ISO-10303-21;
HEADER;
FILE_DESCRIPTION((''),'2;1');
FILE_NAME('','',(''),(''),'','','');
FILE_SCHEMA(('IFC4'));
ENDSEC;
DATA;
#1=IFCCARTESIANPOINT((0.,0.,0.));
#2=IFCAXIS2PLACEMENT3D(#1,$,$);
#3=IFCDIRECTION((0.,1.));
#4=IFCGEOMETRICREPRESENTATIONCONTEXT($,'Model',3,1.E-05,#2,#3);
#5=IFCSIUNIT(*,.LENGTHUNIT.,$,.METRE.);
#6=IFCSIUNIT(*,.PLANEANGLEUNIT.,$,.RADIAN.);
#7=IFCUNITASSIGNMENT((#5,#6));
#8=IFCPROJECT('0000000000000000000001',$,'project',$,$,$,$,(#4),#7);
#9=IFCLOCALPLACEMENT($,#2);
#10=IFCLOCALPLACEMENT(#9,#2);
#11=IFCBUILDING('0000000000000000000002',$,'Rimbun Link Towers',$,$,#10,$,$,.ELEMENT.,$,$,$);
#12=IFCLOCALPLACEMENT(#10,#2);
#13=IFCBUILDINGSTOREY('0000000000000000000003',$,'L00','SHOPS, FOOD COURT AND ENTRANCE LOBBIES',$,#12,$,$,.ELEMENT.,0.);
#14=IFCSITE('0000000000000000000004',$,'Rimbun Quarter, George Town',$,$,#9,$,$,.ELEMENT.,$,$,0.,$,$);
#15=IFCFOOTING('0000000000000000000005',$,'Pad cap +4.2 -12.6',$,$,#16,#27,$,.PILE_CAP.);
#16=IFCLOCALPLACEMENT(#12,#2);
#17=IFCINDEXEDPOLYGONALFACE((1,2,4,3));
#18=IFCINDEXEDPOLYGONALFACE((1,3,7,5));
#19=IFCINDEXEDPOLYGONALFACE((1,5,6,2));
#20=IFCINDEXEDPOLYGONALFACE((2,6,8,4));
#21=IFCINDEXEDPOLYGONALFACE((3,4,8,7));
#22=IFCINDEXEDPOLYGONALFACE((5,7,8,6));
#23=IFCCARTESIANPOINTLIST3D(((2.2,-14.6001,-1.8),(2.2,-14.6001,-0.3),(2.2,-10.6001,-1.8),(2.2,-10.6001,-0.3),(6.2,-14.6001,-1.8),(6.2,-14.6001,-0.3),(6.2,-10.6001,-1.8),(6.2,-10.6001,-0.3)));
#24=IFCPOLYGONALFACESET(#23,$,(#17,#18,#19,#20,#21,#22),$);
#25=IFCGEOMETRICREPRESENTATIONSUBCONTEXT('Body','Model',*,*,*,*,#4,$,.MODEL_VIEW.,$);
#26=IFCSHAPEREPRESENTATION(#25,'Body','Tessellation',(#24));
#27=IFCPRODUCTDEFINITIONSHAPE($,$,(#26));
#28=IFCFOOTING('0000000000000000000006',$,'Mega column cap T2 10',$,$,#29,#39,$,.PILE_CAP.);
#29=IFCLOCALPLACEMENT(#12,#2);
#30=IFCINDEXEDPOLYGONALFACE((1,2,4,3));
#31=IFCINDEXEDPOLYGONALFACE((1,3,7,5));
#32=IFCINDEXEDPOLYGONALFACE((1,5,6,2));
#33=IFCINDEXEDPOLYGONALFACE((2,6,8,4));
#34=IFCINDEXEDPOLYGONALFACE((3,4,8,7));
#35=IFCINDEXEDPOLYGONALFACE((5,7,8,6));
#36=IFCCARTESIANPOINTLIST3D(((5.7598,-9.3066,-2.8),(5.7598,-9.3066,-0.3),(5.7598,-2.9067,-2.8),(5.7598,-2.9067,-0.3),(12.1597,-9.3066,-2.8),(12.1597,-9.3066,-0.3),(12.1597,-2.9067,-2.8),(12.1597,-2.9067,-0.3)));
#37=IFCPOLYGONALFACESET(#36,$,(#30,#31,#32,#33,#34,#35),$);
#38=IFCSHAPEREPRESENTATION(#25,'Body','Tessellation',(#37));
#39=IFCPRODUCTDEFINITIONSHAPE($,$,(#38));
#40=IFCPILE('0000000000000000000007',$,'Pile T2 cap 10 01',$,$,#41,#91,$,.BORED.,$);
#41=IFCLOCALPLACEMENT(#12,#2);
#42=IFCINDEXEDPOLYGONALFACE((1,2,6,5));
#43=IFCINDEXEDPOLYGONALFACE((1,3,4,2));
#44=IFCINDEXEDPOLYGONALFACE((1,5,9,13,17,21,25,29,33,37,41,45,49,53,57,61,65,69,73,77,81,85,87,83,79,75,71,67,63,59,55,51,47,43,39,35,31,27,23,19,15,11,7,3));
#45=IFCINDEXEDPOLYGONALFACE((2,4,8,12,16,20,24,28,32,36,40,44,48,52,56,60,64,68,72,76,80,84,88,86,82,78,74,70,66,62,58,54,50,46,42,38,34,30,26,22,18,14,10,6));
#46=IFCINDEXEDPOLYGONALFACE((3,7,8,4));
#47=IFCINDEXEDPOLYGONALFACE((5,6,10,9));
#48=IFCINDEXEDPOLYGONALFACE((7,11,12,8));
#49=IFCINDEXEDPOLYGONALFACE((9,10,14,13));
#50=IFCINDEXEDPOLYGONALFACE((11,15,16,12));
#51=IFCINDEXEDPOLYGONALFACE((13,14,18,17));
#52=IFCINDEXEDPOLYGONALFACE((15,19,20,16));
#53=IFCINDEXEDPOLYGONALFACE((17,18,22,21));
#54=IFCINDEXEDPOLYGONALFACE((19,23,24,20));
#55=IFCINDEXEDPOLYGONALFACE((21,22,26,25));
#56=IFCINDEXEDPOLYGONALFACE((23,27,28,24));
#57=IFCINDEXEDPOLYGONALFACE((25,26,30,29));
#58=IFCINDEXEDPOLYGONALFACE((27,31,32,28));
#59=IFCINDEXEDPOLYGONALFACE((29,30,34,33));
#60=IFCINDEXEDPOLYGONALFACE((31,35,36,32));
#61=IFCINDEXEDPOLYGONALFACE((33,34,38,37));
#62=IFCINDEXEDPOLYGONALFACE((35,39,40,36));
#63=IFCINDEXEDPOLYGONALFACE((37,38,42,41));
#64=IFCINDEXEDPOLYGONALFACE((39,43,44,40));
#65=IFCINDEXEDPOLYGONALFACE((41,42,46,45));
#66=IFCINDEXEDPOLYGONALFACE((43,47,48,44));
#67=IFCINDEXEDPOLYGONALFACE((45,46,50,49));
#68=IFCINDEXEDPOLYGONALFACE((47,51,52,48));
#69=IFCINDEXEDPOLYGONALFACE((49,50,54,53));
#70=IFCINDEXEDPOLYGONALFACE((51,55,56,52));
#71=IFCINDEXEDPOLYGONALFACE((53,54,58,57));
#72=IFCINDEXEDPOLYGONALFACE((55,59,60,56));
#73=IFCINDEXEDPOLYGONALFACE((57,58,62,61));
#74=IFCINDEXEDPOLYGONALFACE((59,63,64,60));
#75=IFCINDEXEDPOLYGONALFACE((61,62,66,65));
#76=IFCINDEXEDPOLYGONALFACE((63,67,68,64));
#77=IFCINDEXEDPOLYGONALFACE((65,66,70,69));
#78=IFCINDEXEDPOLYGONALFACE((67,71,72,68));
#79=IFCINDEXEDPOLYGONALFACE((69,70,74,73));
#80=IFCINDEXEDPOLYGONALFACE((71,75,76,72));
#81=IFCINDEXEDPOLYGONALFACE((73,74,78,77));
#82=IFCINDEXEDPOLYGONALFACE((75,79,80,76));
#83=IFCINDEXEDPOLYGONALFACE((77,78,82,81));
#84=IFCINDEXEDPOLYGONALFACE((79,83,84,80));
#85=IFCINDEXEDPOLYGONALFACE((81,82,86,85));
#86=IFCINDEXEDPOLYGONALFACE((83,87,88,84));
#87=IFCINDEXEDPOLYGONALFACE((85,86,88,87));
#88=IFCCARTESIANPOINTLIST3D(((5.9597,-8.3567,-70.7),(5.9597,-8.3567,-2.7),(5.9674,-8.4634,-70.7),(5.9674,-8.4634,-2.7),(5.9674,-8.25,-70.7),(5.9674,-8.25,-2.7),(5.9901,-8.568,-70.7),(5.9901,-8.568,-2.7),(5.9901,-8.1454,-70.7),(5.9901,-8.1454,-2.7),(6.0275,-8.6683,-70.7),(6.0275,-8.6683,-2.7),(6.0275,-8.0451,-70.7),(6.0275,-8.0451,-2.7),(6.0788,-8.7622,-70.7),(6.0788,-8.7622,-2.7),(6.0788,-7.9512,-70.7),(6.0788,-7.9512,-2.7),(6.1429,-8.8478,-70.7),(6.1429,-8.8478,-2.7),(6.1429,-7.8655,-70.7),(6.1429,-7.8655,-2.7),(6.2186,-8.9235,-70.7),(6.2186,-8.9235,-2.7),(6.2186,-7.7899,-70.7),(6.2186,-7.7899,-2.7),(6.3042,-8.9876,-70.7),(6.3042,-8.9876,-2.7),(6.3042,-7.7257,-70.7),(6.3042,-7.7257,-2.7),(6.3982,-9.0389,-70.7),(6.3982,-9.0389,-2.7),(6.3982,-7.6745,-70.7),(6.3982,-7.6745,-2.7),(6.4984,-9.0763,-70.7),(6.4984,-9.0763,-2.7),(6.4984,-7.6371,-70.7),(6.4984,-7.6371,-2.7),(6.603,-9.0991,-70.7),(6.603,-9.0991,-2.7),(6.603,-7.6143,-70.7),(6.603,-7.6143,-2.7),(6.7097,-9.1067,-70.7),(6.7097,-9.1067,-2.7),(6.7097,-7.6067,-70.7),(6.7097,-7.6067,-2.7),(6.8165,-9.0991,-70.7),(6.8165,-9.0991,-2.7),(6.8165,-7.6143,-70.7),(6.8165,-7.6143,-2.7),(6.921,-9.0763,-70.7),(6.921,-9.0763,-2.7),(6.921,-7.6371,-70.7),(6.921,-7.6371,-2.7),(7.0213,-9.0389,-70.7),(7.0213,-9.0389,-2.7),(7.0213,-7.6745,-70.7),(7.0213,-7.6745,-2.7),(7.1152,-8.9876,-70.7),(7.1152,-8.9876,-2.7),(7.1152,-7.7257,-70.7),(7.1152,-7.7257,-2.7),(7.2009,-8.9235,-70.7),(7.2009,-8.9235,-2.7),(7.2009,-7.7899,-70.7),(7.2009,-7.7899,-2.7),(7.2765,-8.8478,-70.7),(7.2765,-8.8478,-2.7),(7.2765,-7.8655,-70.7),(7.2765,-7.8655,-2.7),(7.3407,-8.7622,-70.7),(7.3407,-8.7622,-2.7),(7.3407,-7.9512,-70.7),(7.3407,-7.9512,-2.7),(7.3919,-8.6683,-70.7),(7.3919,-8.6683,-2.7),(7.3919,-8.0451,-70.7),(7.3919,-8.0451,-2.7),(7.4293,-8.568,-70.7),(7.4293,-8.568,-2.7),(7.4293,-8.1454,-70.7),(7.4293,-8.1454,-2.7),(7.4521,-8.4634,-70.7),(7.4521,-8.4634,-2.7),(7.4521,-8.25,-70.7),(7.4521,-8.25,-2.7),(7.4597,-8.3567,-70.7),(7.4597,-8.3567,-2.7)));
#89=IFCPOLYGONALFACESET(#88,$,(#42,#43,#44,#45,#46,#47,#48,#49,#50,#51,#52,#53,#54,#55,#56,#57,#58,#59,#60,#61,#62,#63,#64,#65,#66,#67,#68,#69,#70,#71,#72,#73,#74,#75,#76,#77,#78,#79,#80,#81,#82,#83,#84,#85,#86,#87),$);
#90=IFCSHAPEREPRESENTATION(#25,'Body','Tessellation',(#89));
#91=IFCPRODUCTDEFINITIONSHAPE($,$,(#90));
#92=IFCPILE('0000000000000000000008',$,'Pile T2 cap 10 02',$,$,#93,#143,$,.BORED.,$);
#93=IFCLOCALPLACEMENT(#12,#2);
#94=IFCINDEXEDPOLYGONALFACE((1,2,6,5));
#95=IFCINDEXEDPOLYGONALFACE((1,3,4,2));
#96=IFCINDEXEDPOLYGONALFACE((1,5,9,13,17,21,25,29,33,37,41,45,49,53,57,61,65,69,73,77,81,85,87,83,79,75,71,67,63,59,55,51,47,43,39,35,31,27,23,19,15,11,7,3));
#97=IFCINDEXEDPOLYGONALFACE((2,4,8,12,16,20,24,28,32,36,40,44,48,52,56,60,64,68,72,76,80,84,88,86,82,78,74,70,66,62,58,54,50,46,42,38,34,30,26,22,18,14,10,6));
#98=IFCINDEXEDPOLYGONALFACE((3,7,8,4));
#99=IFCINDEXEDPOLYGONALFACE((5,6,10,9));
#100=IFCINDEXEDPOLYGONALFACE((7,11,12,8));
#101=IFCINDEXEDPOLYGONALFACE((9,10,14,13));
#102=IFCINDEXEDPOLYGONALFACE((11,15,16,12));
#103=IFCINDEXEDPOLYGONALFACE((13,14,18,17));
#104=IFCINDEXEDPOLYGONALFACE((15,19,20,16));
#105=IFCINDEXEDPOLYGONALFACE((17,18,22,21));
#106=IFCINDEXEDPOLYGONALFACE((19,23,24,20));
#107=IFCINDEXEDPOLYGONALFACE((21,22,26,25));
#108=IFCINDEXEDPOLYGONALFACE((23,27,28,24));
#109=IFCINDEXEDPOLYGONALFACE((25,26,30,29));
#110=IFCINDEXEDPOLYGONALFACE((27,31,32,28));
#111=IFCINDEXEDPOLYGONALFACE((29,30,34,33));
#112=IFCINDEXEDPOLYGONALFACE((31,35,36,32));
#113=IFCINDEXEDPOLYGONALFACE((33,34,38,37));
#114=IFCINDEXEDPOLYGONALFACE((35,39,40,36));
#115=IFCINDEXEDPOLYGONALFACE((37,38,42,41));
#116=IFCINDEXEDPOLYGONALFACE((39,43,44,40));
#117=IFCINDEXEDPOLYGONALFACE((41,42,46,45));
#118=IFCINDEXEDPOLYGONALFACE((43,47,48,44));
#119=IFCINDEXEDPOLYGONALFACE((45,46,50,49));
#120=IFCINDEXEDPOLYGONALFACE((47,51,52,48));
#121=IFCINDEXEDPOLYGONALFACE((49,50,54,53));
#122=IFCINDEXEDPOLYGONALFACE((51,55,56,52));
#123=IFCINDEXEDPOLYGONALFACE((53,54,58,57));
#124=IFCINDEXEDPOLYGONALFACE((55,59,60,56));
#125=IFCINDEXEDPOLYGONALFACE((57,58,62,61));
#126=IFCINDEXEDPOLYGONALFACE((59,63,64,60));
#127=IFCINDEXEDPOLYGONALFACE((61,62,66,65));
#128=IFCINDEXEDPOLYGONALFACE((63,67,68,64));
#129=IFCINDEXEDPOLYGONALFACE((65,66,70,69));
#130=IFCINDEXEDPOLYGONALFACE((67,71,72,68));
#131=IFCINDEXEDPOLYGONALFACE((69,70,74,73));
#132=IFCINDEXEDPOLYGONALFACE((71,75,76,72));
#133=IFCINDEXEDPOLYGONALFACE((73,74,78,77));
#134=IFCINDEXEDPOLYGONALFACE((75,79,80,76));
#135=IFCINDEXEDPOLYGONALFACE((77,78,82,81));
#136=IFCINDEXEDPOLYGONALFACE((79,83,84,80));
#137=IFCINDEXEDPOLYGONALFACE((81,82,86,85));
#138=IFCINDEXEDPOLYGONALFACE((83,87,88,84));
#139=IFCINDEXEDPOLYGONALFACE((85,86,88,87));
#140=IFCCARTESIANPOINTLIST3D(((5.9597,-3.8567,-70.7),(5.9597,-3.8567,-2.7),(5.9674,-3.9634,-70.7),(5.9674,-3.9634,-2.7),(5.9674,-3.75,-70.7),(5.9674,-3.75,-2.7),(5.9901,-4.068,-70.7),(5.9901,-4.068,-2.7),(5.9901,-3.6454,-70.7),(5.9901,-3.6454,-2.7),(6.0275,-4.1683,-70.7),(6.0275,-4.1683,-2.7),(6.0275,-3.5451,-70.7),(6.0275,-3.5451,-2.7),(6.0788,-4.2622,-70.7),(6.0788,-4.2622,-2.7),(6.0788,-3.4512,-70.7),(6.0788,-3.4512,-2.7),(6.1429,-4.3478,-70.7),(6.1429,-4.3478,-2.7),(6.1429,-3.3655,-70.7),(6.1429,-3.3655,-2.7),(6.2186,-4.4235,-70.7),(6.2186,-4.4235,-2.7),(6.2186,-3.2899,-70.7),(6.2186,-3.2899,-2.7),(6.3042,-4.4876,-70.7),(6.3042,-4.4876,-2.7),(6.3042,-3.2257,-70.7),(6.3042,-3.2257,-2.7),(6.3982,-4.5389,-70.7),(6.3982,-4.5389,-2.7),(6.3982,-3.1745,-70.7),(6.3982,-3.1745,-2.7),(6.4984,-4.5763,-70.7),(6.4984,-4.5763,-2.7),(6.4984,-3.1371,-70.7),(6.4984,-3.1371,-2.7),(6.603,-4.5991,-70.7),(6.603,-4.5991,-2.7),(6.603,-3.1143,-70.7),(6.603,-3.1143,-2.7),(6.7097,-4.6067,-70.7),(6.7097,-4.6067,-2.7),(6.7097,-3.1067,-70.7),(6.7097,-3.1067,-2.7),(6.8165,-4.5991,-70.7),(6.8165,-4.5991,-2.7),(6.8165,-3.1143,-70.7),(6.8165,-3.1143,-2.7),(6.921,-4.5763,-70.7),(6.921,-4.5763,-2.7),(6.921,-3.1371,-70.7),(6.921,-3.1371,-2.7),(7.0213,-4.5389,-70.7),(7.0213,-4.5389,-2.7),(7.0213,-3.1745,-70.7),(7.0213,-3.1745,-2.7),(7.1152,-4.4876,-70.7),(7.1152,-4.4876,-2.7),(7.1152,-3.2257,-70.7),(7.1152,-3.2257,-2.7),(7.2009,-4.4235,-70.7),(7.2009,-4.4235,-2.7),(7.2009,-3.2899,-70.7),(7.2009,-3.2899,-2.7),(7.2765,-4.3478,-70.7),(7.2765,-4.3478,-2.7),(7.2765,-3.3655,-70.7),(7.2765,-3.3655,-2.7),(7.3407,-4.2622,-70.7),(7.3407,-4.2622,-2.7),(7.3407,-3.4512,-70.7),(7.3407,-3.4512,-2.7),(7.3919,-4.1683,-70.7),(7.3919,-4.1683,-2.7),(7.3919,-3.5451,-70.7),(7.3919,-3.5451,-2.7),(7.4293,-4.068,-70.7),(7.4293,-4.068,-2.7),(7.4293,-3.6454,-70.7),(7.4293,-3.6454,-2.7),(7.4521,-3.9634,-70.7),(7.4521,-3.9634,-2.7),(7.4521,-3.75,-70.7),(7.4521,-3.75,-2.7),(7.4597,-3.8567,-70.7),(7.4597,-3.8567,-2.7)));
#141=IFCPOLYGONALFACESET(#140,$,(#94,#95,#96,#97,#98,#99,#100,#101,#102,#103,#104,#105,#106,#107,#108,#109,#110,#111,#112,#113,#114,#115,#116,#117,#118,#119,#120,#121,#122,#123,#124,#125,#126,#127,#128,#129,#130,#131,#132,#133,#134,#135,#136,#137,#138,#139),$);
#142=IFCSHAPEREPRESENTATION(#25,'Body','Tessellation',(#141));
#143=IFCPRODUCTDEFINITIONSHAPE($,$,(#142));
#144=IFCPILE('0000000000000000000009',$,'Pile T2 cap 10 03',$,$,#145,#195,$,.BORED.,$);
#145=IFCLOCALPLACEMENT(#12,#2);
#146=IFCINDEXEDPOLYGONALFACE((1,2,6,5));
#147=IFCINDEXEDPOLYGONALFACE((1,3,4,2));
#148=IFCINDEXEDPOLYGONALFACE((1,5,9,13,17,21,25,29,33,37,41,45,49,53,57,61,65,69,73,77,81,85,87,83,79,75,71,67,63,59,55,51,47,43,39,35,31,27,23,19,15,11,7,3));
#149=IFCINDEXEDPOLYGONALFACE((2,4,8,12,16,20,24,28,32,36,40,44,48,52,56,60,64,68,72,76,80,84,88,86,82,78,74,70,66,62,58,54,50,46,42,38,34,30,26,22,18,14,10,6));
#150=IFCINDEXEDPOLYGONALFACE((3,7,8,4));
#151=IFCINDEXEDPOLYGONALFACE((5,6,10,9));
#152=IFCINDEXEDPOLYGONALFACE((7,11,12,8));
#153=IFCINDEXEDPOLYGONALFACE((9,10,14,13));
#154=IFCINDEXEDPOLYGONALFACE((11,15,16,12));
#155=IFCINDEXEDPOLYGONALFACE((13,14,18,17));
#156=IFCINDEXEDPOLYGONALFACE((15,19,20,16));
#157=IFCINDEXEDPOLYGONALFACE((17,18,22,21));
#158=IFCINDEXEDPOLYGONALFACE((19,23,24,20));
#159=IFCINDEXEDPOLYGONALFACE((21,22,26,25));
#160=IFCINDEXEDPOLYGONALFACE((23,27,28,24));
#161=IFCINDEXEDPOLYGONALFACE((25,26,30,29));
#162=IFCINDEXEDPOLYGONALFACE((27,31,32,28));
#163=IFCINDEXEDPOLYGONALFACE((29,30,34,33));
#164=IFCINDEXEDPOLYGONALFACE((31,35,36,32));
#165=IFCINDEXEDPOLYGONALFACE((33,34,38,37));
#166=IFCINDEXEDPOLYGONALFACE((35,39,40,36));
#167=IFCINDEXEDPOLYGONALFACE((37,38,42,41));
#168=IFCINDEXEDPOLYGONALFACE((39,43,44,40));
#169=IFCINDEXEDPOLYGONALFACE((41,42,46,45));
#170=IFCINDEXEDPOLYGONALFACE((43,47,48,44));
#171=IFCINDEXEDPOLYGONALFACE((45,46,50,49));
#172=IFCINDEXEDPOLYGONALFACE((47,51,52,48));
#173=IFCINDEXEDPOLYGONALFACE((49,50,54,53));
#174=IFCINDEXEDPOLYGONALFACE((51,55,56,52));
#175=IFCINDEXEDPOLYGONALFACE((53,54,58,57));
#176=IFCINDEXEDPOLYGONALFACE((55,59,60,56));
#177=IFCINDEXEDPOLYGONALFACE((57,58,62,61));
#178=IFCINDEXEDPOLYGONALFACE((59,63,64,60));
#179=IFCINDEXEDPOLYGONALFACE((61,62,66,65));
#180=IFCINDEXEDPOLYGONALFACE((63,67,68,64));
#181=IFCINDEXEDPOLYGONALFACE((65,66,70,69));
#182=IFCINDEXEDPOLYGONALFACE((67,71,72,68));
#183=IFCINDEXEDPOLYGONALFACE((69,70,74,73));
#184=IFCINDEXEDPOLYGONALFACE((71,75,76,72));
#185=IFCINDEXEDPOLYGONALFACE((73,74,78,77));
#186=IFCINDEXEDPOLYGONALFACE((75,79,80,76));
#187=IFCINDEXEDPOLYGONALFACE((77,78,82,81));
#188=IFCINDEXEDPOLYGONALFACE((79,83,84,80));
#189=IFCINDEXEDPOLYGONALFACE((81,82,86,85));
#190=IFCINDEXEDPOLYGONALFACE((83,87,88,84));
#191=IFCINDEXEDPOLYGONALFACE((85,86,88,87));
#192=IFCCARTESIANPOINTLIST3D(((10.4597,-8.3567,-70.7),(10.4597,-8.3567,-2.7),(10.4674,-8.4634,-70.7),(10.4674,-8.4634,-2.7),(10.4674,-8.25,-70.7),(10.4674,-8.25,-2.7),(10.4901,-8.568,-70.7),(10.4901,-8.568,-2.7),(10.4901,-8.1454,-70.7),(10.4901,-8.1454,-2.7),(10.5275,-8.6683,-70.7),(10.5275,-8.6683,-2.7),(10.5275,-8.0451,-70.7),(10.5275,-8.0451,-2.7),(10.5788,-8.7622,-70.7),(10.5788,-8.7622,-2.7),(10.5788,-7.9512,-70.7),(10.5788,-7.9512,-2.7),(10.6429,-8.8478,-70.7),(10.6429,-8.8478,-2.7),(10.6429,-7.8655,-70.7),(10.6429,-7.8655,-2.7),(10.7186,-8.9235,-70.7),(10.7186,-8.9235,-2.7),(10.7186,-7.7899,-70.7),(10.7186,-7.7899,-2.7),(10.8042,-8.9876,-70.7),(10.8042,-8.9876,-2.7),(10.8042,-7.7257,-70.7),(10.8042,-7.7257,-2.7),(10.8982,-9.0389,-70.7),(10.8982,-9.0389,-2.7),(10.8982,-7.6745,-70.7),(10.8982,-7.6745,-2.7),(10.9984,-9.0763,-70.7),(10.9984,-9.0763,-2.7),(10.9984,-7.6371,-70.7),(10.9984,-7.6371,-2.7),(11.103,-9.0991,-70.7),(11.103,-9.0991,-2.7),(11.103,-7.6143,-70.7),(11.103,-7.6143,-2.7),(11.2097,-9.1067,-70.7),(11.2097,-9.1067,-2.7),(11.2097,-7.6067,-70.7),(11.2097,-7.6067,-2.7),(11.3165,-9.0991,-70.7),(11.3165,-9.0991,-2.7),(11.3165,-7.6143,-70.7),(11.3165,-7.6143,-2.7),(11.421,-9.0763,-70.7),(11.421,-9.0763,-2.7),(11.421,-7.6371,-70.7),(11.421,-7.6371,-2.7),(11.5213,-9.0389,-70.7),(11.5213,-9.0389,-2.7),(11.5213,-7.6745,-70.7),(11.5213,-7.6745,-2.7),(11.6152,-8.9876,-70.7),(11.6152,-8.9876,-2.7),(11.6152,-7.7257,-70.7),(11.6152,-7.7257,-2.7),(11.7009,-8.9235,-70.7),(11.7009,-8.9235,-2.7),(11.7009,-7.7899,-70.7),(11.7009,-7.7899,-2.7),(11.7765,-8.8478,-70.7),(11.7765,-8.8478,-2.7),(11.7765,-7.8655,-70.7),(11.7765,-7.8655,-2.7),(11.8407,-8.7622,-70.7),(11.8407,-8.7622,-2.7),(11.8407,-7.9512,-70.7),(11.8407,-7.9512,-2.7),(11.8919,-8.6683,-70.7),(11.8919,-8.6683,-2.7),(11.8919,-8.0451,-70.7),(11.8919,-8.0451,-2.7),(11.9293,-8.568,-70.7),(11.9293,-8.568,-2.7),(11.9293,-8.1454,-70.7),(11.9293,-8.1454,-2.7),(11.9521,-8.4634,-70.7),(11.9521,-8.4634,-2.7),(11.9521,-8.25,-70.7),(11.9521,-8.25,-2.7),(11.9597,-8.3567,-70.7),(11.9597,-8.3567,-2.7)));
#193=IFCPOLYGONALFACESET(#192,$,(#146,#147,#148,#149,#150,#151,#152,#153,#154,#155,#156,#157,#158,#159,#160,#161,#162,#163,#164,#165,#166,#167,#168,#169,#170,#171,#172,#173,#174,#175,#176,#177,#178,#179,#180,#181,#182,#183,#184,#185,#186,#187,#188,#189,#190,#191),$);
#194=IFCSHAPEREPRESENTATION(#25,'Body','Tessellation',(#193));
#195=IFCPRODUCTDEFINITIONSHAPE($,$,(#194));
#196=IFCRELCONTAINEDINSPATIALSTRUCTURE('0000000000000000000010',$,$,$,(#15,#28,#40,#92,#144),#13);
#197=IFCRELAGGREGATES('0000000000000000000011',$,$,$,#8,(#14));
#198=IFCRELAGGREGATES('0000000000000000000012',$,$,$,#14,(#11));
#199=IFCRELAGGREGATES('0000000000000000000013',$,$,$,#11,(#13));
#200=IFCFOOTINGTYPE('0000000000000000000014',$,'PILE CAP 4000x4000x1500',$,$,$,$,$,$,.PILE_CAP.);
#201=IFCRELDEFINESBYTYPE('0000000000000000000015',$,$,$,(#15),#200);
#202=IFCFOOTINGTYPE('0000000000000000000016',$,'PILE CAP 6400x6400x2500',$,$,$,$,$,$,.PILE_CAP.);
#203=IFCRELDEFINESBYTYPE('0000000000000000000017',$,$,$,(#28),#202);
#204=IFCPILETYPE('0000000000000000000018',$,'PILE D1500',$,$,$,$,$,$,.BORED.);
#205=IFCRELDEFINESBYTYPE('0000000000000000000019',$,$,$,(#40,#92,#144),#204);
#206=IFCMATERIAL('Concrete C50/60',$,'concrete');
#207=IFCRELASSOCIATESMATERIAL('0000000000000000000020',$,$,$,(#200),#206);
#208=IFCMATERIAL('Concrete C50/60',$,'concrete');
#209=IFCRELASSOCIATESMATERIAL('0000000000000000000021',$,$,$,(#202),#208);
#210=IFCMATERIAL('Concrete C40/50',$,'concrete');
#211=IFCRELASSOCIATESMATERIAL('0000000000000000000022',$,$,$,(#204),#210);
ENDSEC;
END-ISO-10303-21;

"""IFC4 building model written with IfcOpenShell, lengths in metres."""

from ifc_helpers import new_model, si_unit, direction, frame, origin, origin_2d, place, context, subcontext, project, spatial, rectangle, circle, extrude, material, material_profile, profile_set, type_object, element, save


model = new_model("IFC4")

# Units and contexts
model_context = context("Model", 3, precision=1e-05, world=origin(), true_north=direction((0.0, 1.0)))
body_context = subcontext(model_context, "Body", "Model", "MODEL_VIEW")
ifc_project = project(units=[si_unit("LENGTHUNIT", "METRE"), si_unit("PLANEANGLEUNIT", "RADIAN")], contexts=[model_context])

# Site, building, storey
site_placement = place(None, origin())
site = spatial("IfcSite", under=ifc_project, at=site_placement, Name="Rimbun Quarter, George Town", CompositionType="ELEMENT", RefElevation=0.0)
building_placement = place(site_placement, origin())
building = spatial("IfcBuilding", under=site, at=building_placement, Name="Rimbun Link Towers", CompositionType="ELEMENT")
storey_placement = place(building_placement, origin())
storey = spatial("IfcBuildingStorey", under=building, at=storey_placement, Name="L00", Description="SHOPS, FOOD COURT AND ENTRANCE LOBBIES", CompositionType="ELEMENT", Elevation=0.0)

# Footings
ifc_material_1 = material(Name="Concrete C50/60", Category="concrete")
footing_type_1 = type_object("IfcFootingType", Name="PILE CAP 4000x4000x1500", PredefinedType="PILE_CAP", material=ifc_material_1)
footing_1_placement = place(storey_placement, frame((4.2, -12.6001, -1.8), z_axis=(0.0, 0.0, 1.0), x_axis=(1.0, 0.0, 0.0)))
element("IfcFooting", 1, at=footing_1_placement, inside=storey, type_object=footing_type_1, Name="Pad cap +4.2 -12.6", PredefinedType="PILE_CAP", context=body_context, shape_type="SweptSolid", body=[
    extrude(rectangle(XDim=4.0, YDim=4.0, at=origin_2d()), origin(), (0.0, 0.0, 1.0), 1.5),
])
ifc_material_2 = material(Name="Concrete C50/60", Category="concrete")
footing_type_2 = type_object("IfcFootingType", Name="PILE CAP 6400x6400x2500", PredefinedType="PILE_CAP", material=ifc_material_2)
footing_2_placement = place(storey_placement, frame((8.9597, -6.1067, -2.8), z_axis=(0.0, 0.0, 1.0), x_axis=(1.0, 0.0, 0.0)))
element("IfcFooting", 2, at=footing_2_placement, inside=storey, type_object=footing_type_2, Name="Mega column cap T2 10", PredefinedType="PILE_CAP", context=body_context, shape_type="SweptSolid", body=[
    extrude(rectangle(XDim=6.3999, YDim=6.3999, at=origin_2d()), origin(), (0.0, 0.0, 1.0), 2.5),
])

# Piles
ifc_material_3 = material(Name="Concrete C40/50", Category="concrete")
ifc_material_profile_1 = material_profile(ifc_material_3, circle(Radius=0.75, at=origin_2d()), Name="PILE D1500")
ifc_profile_set_1 = profile_set([ifc_material_profile_1], Name="Concrete C40/50")
pile_type_1 = type_object("IfcPileType", Name="PILE D1500", PredefinedType="BORED", material=ifc_profile_set_1)
for number, where, z_axis, x_axis, name in (
    (3, (6.7097, -8.3567, -2.7), (0.0, 0.0, -1.0), (1.0, 0.0, 0.0), "Pile T2 cap 10 01"),
    (4, (6.7097, -3.8567, -2.7), (0.0, 0.0, -1.0), (1.0, 0.0, 0.0), "Pile T2 cap 10 02"),
    (5, (11.2097, -8.3567, -2.7), (0.0, 0.0, -1.0), (1.0, 0.0, 0.0), "Pile T2 cap 10 03"),
):
    element("IfcPile", number, at=place(storey_placement, frame(where, z_axis=z_axis, x_axis=x_axis)), inside=storey, type_object=pile_type_1, Name=name, PredefinedType="BORED", context=body_context, shape_type="SweptSolid", body=[
        extrude(circle(Radius=0.75, at=origin_2d()), origin(), (0.0, 0.0, 1.0), 68.0),
    ])

save(model, "model.ifc")
